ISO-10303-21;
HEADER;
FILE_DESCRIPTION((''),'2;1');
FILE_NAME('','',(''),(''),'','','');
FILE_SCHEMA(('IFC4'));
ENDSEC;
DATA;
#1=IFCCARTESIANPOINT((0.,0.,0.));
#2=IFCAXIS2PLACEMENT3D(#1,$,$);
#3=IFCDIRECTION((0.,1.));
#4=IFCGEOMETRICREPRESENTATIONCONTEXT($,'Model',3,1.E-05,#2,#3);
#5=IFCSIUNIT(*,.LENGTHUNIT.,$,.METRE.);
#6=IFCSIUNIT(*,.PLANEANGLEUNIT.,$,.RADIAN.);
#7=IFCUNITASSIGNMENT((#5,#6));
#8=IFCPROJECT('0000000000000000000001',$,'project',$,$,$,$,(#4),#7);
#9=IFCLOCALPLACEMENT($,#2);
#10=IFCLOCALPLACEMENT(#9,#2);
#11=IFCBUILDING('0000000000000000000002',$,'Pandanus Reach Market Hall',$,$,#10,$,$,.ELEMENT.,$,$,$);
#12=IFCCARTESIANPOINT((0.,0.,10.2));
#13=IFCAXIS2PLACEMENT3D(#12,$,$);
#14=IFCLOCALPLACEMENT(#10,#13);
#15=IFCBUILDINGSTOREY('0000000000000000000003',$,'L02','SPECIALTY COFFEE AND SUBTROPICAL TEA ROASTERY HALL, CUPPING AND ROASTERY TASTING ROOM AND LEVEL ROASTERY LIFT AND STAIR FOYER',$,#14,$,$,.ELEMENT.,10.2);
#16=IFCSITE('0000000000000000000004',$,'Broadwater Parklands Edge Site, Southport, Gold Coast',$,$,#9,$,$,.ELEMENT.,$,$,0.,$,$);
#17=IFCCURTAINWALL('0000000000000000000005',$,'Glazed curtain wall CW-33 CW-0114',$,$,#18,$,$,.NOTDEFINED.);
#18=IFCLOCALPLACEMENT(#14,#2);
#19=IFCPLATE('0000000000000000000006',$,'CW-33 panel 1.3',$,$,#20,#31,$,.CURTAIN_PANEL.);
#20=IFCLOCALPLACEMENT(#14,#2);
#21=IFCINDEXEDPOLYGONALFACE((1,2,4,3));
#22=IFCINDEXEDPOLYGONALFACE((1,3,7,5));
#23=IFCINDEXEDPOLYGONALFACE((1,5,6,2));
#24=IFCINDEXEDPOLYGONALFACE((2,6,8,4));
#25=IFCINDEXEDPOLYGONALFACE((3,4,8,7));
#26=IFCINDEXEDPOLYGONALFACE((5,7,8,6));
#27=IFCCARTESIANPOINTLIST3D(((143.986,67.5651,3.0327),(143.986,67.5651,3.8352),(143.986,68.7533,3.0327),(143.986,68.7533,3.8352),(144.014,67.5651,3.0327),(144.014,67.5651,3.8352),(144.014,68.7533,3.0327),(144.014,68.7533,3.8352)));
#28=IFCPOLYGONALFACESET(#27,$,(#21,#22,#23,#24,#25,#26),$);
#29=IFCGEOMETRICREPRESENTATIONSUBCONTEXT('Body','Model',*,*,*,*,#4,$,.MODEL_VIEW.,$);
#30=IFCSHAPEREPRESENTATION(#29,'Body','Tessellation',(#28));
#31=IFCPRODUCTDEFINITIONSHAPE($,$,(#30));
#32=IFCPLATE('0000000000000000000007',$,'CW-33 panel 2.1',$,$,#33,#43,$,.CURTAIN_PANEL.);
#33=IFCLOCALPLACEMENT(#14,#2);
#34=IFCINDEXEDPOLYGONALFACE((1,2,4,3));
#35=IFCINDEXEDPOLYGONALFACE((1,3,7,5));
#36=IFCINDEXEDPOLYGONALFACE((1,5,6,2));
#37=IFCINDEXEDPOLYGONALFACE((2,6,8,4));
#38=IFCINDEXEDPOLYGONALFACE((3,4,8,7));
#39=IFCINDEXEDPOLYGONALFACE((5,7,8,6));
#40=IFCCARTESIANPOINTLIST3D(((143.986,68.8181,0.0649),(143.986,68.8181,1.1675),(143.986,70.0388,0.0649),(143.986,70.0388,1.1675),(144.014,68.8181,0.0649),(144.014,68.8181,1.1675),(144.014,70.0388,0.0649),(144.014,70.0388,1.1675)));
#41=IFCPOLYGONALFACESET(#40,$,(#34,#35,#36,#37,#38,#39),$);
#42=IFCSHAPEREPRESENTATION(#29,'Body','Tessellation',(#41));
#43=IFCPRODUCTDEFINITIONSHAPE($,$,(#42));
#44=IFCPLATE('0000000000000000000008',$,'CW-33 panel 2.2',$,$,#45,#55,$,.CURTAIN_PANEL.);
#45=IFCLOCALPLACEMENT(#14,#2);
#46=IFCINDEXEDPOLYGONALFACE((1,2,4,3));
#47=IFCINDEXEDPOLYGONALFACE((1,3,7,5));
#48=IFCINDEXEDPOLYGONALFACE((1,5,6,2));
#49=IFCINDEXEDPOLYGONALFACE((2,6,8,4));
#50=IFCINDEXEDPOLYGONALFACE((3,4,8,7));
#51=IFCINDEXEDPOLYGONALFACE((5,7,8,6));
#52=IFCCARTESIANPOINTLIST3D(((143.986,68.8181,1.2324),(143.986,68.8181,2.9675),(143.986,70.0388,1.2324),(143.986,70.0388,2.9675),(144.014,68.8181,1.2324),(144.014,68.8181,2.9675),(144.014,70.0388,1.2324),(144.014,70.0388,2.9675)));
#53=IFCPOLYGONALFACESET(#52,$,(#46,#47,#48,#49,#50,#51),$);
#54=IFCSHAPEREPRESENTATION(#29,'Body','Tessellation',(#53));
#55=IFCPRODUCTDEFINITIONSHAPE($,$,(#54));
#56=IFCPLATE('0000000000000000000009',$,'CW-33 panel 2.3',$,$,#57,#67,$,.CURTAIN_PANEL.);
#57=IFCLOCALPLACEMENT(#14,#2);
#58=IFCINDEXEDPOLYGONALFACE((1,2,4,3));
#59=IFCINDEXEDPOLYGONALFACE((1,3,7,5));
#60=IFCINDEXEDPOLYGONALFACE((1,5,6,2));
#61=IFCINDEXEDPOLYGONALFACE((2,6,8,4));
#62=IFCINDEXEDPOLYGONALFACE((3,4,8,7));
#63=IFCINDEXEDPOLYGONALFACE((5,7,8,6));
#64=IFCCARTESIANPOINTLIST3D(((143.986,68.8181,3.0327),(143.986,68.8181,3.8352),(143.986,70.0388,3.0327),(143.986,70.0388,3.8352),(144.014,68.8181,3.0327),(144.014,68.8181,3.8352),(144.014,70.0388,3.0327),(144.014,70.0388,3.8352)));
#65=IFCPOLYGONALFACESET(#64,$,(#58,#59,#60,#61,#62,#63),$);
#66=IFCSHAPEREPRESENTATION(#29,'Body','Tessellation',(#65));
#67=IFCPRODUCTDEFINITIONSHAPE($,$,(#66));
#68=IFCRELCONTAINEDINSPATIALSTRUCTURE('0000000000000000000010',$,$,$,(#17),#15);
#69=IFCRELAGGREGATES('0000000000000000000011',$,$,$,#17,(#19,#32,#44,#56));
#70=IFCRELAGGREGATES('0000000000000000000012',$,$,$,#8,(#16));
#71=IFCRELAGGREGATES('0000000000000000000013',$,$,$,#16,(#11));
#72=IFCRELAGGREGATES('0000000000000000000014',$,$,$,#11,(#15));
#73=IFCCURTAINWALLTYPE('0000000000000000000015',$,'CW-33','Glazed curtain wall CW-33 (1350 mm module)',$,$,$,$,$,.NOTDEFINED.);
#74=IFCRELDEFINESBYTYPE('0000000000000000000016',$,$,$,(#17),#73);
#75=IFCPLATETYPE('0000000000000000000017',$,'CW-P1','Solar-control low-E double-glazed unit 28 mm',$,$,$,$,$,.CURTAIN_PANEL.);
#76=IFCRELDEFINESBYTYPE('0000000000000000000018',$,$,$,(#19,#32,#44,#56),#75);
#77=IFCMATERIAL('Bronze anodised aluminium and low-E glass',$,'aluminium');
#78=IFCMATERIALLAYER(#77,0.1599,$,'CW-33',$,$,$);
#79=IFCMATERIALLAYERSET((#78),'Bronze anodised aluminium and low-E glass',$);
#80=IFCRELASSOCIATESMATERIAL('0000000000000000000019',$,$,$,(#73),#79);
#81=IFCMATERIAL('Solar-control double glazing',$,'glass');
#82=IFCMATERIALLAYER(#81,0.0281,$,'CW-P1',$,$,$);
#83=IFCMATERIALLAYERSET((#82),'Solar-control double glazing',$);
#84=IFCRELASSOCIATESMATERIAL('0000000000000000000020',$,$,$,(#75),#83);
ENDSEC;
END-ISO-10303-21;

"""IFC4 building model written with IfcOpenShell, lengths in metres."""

from ifc_helpers import new_model, si_unit, direction, frame, origin, origin_2d, place, context, subcontext, project, spatial, rectangle, extrude, material, layer, layer_set, type_object, element, aggregate, save


model = new_model("IFC4")

# Units and contexts
model_context = context("Model", 3, precision=1e-05, world=origin(), true_north=direction((0.0, 1.0)))
body_context = subcontext(model_context, "Body", "Model", "MODEL_VIEW")
ifc_project = project(units=[si_unit("LENGTHUNIT", "METRE"), si_unit("PLANEANGLEUNIT", "RADIAN")], contexts=[model_context])

# Site, building, storey
site_placement = place(None, origin())
site = spatial("IfcSite", under=ifc_project, at=site_placement, Name="Broadwater Parklands Edge Site, Southport, Gold Coast", CompositionType="ELEMENT", RefElevation=0.0)
building_placement = place(site_placement, origin())
building = spatial("IfcBuilding", under=site, at=building_placement, Name="Pandanus Reach Market Hall", CompositionType="ELEMENT")
storey_placement = place(building_placement, frame((0.0, 0.0, 10.2)))
storey = spatial("IfcBuildingStorey", under=building, at=storey_placement, Name="L02", Description="SPECIALTY COFFEE AND SUBTROPICAL TEA ROASTERY HALL, CUPPING AND ROASTERY TASTING ROOM AND LEVEL ROASTERY LIFT AND STAIR FOYER", CompositionType="ELEMENT", Elevation=10.2)

# Curtain wall
ifc_material_1 = material(Name="Bronze anodised aluminium and low-E glass", Category="aluminium")
ifc_layer_1 = layer(ifc_material_1, 0.1599, Name="CW-33")
ifc_layer_set_1 = layer_set([ifc_layer_1], Name="Bronze anodised aluminium and low-E glass")
curtain_wall_type = type_object("IfcCurtainWallType", Name="CW-33", Description="Glazed curtain wall CW-33 (1350 mm module)", PredefinedType="NOTDEFINED", material=ifc_layer_set_1)
curtain_wall_1_placement = place(storey_placement, origin())
curtain_wall_1 = element("IfcCurtainWall", 1, at=curtain_wall_1_placement, inside=storey, type_object=curtain_wall_type, Name="Glazed curtain wall CW-33 CW-0114", PredefinedType="NOTDEFINED")

# Plates
ifc_material_2 = material(Name="Solar-control double glazing", Category="glass")
ifc_layer_2 = layer(ifc_material_2, 0.0281, Name="CW-P1")
ifc_layer_set_2 = layer_set([ifc_layer_2], Name="Solar-control double glazing")
plate_type = type_object("IfcPlateType", Name="CW-P1", Description="Solar-control low-E double-glazed unit 28 mm", PredefinedType="CURTAIN_PANEL", material=ifc_layer_set_2)
plate_1_placement = place(storey_placement, frame((144.0, 68.1592, 3.0327), z_axis=(0.0, 0.0, 1.0), x_axis=(0.0, 1.0, 0.0)))
plate_1 = element("IfcPlate", 2, at=plate_1_placement, type_object=plate_type, Name="CW-33 panel 1.3", PredefinedType="CURTAIN_PANEL", context=body_context, shape_type="SweptSolid", body=[
    extrude(rectangle(XDim=1.1882, YDim=0.0281, at=origin_2d()), origin(), (0.0, 0.0, 1.0), 0.8025),
])
plate_2_placement = place(storey_placement, frame((144.0, 69.4285, 0.0649), z_axis=(0.0, 0.0, 1.0), x_axis=(0.0, 1.0, 0.0)))
plate_2 = element("IfcPlate", 3, at=plate_2_placement, type_object=plate_type, Name="CW-33 panel 2.1", PredefinedType="CURTAIN_PANEL", context=body_context, shape_type="SweptSolid", body=[
    extrude(rectangle(XDim=1.2207, YDim=0.0281, at=origin_2d()), origin(), (0.0, 0.0, 1.0), 1.1025),
])
plate_3_placement = place(storey_placement, frame((144.0, 69.4285, 1.2324), z_axis=(0.0, 0.0, 1.0), x_axis=(0.0, 1.0, 0.0)))
plate_3 = element("IfcPlate", 4, at=plate_3_placement, type_object=plate_type, Name="CW-33 panel 2.2", PredefinedType="CURTAIN_PANEL", context=body_context, shape_type="SweptSolid", body=[
    extrude(rectangle(XDim=1.2207, YDim=0.0281, at=origin_2d()), origin(), (0.0, 0.0, 1.0), 1.7351),
])
plate_4_placement = place(storey_placement, frame((144.0, 69.4285, 3.0327), z_axis=(0.0, 0.0, 1.0), x_axis=(0.0, 1.0, 0.0)))
plate_4 = element("IfcPlate", 5, at=plate_4_placement, type_object=plate_type, Name="CW-33 panel 2.3", PredefinedType="CURTAIN_PANEL", context=body_context, shape_type="SweptSolid", body=[
    extrude(rectangle(XDim=1.2207, YDim=0.0281, at=origin_2d()), origin(), (0.0, 0.0, 1.0), 0.8025),
])
aggregate(curtain_wall_1, [plate_1, plate_2, plate_3, plate_4])

save(model, "model.ifc")
